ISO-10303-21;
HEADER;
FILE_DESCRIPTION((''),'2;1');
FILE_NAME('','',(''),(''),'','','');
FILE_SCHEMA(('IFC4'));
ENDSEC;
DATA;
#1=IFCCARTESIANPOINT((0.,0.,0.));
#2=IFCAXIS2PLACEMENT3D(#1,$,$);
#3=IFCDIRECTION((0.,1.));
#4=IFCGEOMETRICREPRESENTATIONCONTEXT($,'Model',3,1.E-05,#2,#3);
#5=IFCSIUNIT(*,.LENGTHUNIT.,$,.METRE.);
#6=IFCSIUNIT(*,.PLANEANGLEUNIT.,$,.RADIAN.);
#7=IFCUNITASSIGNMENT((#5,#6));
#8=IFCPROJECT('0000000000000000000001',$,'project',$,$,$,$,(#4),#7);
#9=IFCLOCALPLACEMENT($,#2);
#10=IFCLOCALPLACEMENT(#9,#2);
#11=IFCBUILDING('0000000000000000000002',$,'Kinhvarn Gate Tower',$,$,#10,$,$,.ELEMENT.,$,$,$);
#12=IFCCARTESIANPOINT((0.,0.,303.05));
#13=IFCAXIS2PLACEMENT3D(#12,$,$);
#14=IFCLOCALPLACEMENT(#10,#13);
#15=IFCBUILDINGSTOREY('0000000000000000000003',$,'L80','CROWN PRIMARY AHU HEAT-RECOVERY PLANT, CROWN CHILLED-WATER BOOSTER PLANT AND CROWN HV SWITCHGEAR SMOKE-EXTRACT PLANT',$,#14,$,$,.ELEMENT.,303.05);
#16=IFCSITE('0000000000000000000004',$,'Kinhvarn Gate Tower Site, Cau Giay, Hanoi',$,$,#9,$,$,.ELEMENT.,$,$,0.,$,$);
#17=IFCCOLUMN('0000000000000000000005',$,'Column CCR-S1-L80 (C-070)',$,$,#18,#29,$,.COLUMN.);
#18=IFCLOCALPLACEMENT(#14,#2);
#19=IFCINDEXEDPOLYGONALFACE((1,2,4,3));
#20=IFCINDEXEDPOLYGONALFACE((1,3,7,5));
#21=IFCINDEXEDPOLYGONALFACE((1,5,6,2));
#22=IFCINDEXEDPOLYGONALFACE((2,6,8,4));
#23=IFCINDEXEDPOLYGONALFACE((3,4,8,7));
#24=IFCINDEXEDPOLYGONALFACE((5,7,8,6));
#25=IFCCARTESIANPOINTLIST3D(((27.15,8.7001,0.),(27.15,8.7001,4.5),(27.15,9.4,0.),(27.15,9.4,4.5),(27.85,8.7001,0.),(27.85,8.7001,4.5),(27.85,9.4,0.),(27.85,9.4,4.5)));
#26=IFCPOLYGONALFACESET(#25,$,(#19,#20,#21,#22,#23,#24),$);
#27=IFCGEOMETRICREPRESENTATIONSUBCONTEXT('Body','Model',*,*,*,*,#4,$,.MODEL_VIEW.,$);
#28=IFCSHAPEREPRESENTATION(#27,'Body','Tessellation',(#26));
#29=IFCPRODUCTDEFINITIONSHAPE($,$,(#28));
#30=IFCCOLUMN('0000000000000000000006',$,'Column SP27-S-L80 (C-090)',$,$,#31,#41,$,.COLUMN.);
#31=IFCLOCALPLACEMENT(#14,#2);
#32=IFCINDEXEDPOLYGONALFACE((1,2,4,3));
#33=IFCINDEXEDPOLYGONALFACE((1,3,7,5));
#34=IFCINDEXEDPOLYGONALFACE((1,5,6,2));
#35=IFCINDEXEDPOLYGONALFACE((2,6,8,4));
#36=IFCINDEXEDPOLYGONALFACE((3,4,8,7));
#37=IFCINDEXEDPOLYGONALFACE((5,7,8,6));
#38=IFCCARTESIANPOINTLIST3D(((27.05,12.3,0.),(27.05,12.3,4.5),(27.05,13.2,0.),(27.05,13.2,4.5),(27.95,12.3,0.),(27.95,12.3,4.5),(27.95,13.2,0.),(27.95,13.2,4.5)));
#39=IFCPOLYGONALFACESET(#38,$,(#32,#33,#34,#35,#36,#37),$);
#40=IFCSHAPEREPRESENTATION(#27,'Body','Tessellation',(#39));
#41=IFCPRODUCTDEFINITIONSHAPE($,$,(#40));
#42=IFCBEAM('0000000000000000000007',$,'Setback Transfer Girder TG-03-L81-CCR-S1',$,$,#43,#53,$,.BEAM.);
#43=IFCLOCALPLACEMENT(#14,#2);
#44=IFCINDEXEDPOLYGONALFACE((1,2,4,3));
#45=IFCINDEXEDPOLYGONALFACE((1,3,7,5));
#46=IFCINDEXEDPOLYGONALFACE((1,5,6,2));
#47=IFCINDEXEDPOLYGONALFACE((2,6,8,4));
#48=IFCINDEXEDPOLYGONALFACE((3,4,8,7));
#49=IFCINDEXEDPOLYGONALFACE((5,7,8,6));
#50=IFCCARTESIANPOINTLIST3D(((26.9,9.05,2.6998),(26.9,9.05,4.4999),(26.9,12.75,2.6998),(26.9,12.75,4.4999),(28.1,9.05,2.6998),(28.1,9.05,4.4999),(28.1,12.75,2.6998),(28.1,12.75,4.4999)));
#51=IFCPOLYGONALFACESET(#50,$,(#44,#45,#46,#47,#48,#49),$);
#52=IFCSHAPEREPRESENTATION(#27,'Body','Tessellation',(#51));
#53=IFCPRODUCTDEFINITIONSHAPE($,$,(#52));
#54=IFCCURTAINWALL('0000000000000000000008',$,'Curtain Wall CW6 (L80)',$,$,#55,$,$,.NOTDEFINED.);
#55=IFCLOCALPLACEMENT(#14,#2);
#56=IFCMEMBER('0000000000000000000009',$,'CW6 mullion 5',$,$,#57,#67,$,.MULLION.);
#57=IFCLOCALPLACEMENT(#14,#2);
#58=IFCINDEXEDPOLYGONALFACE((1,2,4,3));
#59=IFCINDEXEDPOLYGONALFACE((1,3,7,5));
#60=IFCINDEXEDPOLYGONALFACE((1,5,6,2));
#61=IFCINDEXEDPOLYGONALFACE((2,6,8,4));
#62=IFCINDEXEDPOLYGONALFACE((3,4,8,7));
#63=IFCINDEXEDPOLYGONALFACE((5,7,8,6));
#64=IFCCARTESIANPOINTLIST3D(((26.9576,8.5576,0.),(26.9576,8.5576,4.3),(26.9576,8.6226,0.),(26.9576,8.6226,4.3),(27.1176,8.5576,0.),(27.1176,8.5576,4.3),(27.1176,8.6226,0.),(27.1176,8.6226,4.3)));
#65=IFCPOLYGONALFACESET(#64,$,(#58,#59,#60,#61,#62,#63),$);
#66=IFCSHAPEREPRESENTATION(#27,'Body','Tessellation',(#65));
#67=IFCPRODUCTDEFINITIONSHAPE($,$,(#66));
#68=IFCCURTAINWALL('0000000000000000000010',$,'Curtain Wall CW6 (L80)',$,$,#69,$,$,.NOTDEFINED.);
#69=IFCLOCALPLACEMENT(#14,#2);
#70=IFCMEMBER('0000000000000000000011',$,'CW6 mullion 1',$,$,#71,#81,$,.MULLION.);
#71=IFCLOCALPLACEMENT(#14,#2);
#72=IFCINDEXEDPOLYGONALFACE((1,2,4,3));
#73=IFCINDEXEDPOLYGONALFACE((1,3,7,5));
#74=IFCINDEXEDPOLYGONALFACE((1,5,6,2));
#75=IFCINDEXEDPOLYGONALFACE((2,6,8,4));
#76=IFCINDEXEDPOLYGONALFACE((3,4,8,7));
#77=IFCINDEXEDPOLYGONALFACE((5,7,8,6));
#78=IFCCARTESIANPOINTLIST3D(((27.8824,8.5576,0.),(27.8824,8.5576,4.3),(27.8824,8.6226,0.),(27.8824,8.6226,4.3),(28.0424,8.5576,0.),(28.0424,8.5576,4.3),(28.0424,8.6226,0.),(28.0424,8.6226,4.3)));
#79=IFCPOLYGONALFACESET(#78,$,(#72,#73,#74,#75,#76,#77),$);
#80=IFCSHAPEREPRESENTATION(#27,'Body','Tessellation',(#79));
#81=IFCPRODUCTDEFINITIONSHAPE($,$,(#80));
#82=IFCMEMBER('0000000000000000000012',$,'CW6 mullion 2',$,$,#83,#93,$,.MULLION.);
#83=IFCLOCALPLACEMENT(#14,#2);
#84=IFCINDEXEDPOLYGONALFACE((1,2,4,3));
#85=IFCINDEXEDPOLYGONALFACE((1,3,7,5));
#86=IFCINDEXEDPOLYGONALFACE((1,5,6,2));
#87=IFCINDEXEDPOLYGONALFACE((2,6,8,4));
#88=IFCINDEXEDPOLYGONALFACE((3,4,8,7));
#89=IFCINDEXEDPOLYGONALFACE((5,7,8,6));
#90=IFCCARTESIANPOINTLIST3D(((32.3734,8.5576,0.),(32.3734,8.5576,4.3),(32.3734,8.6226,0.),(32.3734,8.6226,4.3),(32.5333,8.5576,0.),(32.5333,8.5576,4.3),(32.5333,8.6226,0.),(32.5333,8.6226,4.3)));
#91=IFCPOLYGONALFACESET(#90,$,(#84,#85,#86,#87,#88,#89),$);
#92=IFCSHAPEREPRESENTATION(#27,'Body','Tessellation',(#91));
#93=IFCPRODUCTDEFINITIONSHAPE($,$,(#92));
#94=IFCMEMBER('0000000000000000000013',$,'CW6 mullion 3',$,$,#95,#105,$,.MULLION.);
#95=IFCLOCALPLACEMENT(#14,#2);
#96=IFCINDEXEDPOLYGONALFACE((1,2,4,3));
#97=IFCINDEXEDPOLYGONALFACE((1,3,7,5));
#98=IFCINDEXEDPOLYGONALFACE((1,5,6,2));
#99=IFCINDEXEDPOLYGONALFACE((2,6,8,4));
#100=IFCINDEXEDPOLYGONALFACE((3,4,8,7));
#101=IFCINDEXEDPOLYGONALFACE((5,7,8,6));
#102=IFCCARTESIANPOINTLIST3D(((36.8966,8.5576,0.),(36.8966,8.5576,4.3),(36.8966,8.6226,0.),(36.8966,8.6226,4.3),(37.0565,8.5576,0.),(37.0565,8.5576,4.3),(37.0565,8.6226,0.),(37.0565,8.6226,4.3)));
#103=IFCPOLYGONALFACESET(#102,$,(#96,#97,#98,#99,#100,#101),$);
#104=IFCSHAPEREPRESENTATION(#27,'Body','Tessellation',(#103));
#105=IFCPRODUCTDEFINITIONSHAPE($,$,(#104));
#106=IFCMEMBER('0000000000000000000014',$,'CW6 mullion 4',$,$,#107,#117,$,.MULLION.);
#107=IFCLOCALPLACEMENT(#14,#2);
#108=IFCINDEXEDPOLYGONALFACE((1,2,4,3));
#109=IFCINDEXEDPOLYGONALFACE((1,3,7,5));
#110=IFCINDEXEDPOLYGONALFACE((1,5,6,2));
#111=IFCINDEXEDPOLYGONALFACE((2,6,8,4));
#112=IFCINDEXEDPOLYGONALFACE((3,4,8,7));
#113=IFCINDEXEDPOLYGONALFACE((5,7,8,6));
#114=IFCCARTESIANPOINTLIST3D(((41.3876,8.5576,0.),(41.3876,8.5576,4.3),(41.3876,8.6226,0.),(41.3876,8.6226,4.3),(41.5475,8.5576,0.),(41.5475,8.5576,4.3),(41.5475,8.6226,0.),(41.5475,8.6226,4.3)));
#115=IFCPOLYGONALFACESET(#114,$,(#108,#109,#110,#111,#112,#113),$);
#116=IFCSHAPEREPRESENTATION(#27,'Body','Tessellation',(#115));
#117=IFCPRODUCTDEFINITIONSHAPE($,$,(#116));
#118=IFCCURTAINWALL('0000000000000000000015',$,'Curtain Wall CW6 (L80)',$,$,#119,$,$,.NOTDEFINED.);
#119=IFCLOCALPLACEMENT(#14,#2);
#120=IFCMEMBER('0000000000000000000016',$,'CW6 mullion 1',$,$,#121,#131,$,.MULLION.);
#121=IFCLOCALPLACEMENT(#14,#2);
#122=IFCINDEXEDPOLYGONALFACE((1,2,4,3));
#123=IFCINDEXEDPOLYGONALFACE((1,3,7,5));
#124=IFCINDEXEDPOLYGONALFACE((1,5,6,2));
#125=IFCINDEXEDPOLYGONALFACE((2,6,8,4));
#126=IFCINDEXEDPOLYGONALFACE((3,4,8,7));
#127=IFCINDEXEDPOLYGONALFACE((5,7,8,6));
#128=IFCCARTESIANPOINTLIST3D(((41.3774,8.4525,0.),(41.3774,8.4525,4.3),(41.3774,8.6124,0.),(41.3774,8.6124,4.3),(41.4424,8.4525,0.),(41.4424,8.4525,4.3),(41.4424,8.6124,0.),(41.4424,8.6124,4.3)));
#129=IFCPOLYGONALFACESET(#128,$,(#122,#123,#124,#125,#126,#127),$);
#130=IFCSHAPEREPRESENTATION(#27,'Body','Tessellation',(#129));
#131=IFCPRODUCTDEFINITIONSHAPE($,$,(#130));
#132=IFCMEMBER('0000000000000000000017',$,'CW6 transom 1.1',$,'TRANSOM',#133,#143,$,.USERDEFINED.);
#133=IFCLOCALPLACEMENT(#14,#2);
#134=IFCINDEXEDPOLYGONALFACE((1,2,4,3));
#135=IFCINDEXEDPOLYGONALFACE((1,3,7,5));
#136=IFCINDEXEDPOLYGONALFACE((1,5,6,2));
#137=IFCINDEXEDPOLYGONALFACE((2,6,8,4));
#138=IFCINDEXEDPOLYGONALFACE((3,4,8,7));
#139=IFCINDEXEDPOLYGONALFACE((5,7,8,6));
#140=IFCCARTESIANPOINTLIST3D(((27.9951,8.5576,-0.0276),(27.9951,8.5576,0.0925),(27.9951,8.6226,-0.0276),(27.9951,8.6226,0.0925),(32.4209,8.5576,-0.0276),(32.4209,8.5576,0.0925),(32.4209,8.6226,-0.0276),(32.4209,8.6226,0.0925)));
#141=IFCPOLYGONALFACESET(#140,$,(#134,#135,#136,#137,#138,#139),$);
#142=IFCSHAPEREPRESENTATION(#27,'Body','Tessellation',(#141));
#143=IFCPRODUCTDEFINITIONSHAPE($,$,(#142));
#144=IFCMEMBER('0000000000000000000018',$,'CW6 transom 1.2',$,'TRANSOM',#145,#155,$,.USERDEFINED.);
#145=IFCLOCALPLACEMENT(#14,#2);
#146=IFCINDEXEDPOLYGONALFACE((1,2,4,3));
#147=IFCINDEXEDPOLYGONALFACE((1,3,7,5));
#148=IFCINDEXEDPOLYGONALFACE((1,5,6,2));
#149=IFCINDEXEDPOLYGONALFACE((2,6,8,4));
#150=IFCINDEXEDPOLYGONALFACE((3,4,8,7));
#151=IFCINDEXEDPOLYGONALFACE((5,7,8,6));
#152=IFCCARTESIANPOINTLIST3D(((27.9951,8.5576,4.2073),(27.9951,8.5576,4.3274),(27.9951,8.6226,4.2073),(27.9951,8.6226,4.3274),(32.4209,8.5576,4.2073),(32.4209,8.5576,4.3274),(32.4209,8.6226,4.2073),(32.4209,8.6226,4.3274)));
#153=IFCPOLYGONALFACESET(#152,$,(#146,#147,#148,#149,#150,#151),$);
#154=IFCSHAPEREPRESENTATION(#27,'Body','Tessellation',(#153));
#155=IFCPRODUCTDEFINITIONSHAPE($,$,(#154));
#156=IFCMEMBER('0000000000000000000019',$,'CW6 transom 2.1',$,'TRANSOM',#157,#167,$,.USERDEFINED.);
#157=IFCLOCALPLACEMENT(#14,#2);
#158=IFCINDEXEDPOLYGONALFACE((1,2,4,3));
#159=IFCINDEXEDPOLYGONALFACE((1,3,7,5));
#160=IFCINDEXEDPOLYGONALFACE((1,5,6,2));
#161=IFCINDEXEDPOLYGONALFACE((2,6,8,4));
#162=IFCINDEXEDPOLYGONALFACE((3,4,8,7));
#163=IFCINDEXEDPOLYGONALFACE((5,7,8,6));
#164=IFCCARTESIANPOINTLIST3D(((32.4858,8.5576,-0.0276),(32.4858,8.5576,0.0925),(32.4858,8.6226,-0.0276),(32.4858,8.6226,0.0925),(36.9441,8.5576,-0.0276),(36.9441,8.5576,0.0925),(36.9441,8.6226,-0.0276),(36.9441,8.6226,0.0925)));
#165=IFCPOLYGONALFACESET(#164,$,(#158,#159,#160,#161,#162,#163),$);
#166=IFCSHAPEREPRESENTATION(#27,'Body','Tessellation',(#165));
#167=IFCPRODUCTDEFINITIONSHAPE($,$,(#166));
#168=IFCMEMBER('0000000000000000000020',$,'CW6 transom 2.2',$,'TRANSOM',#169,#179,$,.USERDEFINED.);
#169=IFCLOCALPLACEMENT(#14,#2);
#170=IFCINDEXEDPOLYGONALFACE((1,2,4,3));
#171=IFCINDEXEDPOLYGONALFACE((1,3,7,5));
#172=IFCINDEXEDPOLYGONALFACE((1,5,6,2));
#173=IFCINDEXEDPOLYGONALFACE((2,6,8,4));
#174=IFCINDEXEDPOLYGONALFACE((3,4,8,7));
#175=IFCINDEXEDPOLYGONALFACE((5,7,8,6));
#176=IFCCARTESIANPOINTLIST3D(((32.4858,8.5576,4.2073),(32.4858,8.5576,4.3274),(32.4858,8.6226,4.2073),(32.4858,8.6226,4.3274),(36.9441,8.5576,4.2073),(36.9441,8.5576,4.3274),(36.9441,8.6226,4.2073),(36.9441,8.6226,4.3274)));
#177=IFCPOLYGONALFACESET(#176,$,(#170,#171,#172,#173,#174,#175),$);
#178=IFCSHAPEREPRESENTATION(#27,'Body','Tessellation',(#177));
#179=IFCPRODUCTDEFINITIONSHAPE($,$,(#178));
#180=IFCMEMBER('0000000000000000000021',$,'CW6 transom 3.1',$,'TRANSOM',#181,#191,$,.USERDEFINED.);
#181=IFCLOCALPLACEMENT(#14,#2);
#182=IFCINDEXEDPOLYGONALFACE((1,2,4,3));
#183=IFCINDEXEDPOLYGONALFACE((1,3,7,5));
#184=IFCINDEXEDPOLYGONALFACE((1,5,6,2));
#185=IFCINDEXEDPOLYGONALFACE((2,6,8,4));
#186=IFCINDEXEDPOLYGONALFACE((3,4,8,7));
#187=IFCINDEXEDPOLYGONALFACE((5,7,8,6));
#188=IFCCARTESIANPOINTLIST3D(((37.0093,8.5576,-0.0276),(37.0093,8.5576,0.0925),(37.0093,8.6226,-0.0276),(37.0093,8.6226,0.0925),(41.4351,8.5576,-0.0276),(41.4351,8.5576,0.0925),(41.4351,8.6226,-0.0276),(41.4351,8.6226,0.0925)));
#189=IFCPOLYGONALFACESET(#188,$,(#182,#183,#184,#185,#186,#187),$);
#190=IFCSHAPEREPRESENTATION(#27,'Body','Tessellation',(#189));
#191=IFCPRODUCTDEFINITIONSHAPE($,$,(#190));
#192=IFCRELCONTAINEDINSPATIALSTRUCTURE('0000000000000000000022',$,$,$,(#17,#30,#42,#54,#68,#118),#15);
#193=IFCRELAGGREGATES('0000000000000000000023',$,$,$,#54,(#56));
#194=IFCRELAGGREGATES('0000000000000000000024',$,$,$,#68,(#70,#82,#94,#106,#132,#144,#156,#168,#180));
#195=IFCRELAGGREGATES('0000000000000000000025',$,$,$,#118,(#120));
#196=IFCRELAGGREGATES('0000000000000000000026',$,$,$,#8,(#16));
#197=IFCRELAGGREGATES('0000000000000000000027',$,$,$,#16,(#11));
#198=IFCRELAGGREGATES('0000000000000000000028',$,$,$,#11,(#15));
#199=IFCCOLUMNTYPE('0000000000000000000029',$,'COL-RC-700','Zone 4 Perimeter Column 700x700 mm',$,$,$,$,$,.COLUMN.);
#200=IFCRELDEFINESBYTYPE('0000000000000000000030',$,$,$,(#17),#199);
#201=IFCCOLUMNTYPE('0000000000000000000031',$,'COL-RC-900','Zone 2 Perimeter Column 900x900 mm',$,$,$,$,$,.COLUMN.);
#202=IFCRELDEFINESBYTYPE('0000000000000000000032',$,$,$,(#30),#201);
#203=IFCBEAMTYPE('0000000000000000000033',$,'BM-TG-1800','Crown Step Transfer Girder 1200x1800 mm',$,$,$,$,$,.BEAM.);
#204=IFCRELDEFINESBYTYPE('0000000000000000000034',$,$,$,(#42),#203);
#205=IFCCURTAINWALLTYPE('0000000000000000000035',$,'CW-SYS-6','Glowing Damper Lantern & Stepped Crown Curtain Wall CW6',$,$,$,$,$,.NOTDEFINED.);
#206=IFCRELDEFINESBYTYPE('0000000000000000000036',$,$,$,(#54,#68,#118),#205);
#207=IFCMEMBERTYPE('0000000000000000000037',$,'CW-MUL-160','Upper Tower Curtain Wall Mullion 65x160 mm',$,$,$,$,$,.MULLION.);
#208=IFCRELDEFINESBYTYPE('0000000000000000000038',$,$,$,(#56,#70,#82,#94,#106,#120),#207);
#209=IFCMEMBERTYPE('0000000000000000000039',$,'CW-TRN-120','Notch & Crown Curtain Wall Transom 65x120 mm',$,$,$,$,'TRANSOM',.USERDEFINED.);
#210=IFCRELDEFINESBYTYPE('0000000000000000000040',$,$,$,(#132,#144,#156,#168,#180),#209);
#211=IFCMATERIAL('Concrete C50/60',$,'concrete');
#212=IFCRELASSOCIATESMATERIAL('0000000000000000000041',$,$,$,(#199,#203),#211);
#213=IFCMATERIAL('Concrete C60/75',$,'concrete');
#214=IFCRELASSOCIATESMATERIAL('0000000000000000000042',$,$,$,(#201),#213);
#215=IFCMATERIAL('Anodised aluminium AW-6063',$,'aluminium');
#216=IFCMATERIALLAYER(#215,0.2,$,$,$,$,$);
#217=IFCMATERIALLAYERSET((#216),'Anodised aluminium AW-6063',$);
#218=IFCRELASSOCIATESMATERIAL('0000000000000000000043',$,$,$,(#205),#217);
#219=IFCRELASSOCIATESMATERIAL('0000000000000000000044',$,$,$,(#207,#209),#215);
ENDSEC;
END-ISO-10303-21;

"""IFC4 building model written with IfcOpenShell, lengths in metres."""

from ifc_helpers import new_model, si_unit, direction, frame, origin, origin_2d, place, context, subcontext, project, spatial, rectangle, extrude, material, layer, layer_set, material_profile, profile_set, type_object, element, aggregate, save


model = new_model("IFC4")

# Units and contexts
model_context = context("Model", 3, precision=1e-05, world=origin(), true_north=direction((0.0, 1.0)))
body_context = subcontext(model_context, "Body", "Model", "MODEL_VIEW")
ifc_project = project(units=[si_unit("LENGTHUNIT", "METRE"), si_unit("PLANEANGLEUNIT", "RADIAN")], contexts=[model_context])

# Site, building, storey
site_placement = place(None, origin())
site = spatial("IfcSite", under=ifc_project, at=site_placement, Name="Kinhvarn Gate Tower Site, Cau Giay, Hanoi", CompositionType="ELEMENT", RefElevation=0.0)
building_placement = place(site_placement, origin())
building = spatial("IfcBuilding", under=site, at=building_placement, Name="Kinhvarn Gate Tower", CompositionType="ELEMENT")
storey_placement = place(building_placement, frame((0.0, 0.0, 303.05)))
storey = spatial("IfcBuildingStorey", under=building, at=storey_placement, Name="L80", Description="CROWN PRIMARY AHU HEAT-RECOVERY PLANT, CROWN CHILLED-WATER BOOSTER PLANT AND CROWN HV SWITCHGEAR SMOKE-EXTRACT PLANT", CompositionType="ELEMENT", Elevation=303.05)

# Columns
ifc_material_1 = material(Name="Concrete C50/60", Category="concrete")
ifc_material_profile_1 = material_profile(ifc_material_1, rectangle(XDim=0.7, YDim=0.7, at=origin_2d()), Name="RC 700x700")
ifc_profile_set_1 = profile_set([ifc_material_profile_1], Name="Concrete C50/60")
column_type_1 = type_object("IfcColumnType", Name="COL-RC-700", Description="Zone 4 Perimeter Column 700x700 mm", PredefinedType="COLUMN", material=ifc_profile_set_1)
column_1_placement = place(storey_placement, frame((27.5, 9.05, 0.0), z_axis=(0.0, 0.0, 1.0), x_axis=(1.0, 0.0, 0.0)))
element("IfcColumn", 1, at=column_1_placement, inside=storey, type_object=column_type_1, Name="Column CCR-S1-L80 (C-070)", PredefinedType="COLUMN", context=body_context, shape_type="SweptSolid", body=[
    extrude(rectangle(XDim=0.7, YDim=0.7, at=origin_2d()), origin(), (0.0, 0.0, 1.0), 4.5),
])
ifc_material_2 = material(Name="Concrete C60/75", Category="concrete")
ifc_material_profile_2 = material_profile(ifc_material_2, rectangle(XDim=0.8999, YDim=0.8999, at=origin_2d()), Name="RC 900x900")
ifc_profile_set_2 = profile_set([ifc_material_profile_2], Name="Concrete C60/75")
column_type_2 = type_object("IfcColumnType", Name="COL-RC-900", Description="Zone 2 Perimeter Column 900x900 mm", PredefinedType="COLUMN", material=ifc_profile_set_2)
column_2_placement = place(storey_placement, frame((27.5, 12.75, 0.0), z_axis=(0.0, 0.0, 1.0), x_axis=(1.0, 0.0, 0.0)))
element("IfcColumn", 2, at=column_2_placement, inside=storey, type_object=column_type_2, Name="Column SP27-S-L80 (C-090)", PredefinedType="COLUMN", context=body_context, shape_type="SweptSolid", body=[
    extrude(rectangle(XDim=0.8999, YDim=0.8999, at=origin_2d()), origin(), (0.0, 0.0, 1.0), 4.5),
])

# Beam
ifc_material_profile_3 = material_profile(ifc_material_1, rectangle(XDim=1.2, YDim=1.8, at=origin_2d()), Name="RC 1200x1800")
ifc_profile_set_3 = profile_set([ifc_material_profile_3], Name="Concrete C50/60")
beam_type = type_object("IfcBeamType", Name="BM-TG-1800", Description="Crown Step Transfer Girder 1200x1800 mm", PredefinedType="BEAM", material=ifc_profile_set_3)
beam_placement = place(storey_placement, frame((27.5, 9.05, 3.5999), z_axis=(0.0, 1.0, 0.0), x_axis=(-1.0, 0.0, 0.0)))
element("IfcBeam", 3, at=beam_placement, inside=storey, type_object=beam_type, Name="Setback Transfer Girder TG-03-L81-CCR-S1", PredefinedType="BEAM", context=body_context, shape_type="SweptSolid", body=[
    extrude(rectangle(XDim=1.2, YDim=1.8, at=origin_2d()), origin(), (0.0, 0.0, 1.0), 3.7),
])

# Curtain wall, member
ifc_material_3 = material(Name="Anodised aluminium AW-6063", Category="aluminium")
ifc_layer_1 = layer(ifc_material_3, 0.2)
ifc_layer_set_1 = layer_set([ifc_layer_1], Name="Anodised aluminium AW-6063")
curtain_wall_type = type_object("IfcCurtainWallType", Name="CW-SYS-6", Description="Glowing Damper Lantern & Stepped Crown Curtain Wall CW6", PredefinedType="NOTDEFINED", material=ifc_layer_set_1)
curtain_wall_1_placement = place(storey_placement, origin())
curtain_wall_1 = element("IfcCurtainWall", 4, at=curtain_wall_1_placement, inside=storey, type_object=curtain_wall_type, Name="Curtain Wall CW6 (L80)", PredefinedType="NOTDEFINED")
ifc_material_profile_4 = material_profile(ifc_material_3, rectangle(XDim=0.0649, YDim=0.1599, at=origin_2d()), Name="ALU 65x160")
ifc_profile_set_4 = profile_set([ifc_material_profile_4], Name="Anodised aluminium AW-6063")
member_type_1 = type_object("IfcMemberType", Name="CW-MUL-160", Description="Upper Tower Curtain Wall Mullion 65x160 mm", PredefinedType="MULLION", material=ifc_profile_set_4)
member_1_placement = place(storey_placement, frame((27.0376, 8.5901, 0.0), z_axis=(0.0, 0.0, 1.0), x_axis=(0.0, 1.0, 0.0)))
member_1 = element("IfcMember", 5, at=member_1_placement, type_object=member_type_1, Name="CW6 mullion 5", PredefinedType="MULLION", context=body_context, shape_type="SweptSolid", body=[
    extrude(rectangle(XDim=0.0649, YDim=0.1599, at=origin_2d()), origin(), (0.0, 0.0, 1.0), 4.3),
])
aggregate(curtain_wall_1, [member_1])

# Curtain wall, members
curtain_wall_2_placement = place(storey_placement, origin())
curtain_wall_2 = element("IfcCurtainWall", 6, at=curtain_wall_2_placement, inside=storey, type_object=curtain_wall_type, Name="Curtain Wall CW6 (L80)", PredefinedType="NOTDEFINED")
member_2_placement = place(storey_placement, frame((27.9624, 8.5901, 0.0), z_axis=(0.0, 0.0, 1.0), x_axis=(0.0, 1.0, 0.0)))
member_2 = element("IfcMember", 7, at=member_2_placement, type_object=member_type_1, Name="CW6 mullion 1", PredefinedType="MULLION", context=body_context, shape_type="SweptSolid", body=[
    extrude(rectangle(XDim=0.0649, YDim=0.1599, at=origin_2d()), origin(), (0.0, 0.0, 1.0), 4.3),
])
member_3_placement = place(storey_placement, frame((32.4534, 8.5901, 0.0), z_axis=(0.0, 0.0, 1.0), x_axis=(0.0, 1.0, 0.0)))
member_3 = element("IfcMember", 8, at=member_3_placement, type_object=member_type_1, Name="CW6 mullion 2", PredefinedType="MULLION", context=body_context, shape_type="SweptSolid", body=[
    extrude(rectangle(XDim=0.0649, YDim=0.1599, at=origin_2d()), origin(), (0.0, 0.0, 1.0), 4.3),
])
member_4_placement = place(storey_placement, frame((36.9766, 8.5901, 0.0), z_axis=(0.0, 0.0, 1.0), x_axis=(0.0, 1.0, 0.0)))
member_4 = element("IfcMember", 9, at=member_4_placement, type_object=member_type_1, Name="CW6 mullion 3", PredefinedType="MULLION", context=body_context, shape_type="SweptSolid", body=[
    extrude(rectangle(XDim=0.0649, YDim=0.1599, at=origin_2d()), origin(), (0.0, 0.0, 1.0), 4.3),
])
member_5_placement = place(storey_placement, frame((41.4675, 8.5901, 0.0), z_axis=(0.0, 0.0, 1.0), x_axis=(0.0, 1.0, 0.0)))
member_5 = element("IfcMember", 10, at=member_5_placement, type_object=member_type_1, Name="CW6 mullion 4", PredefinedType="MULLION", context=body_context, shape_type="SweptSolid", body=[
    extrude(rectangle(XDim=0.0649, YDim=0.1599, at=origin_2d()), origin(), (0.0, 0.0, 1.0), 4.3),
])

# Curtain wall, member
curtain_wall_3_placement = place(storey_placement, origin())
curtain_wall_3 = element("IfcCurtainWall", 11, at=curtain_wall_3_placement, inside=storey, type_object=curtain_wall_type, Name="Curtain Wall CW6 (L80)", PredefinedType="NOTDEFINED")
member_6_placement = place(storey_placement, frame((41.4099, 8.5325, 0.0), z_axis=(0.0, 0.0, 1.0), x_axis=(-1.0, 0.0, 0.0)))
member_6 = element("IfcMember", 12, at=member_6_placement, type_object=member_type_1, Name="CW6 mullion 1", PredefinedType="MULLION", context=body_context, shape_type="SweptSolid", body=[
    extrude(rectangle(XDim=0.0649, YDim=0.1599, at=origin_2d()), origin(), (0.0, 0.0, 1.0), 4.3),
])

# Members
ifc_material_profile_5 = material_profile(ifc_material_3, rectangle(XDim=0.0649, YDim=0.1201, at=origin_2d()), Name="ALU 65x120")
ifc_profile_set_5 = profile_set([ifc_material_profile_5], Name="Anodised aluminium AW-6063")
member_type_2 = type_object("IfcMemberType", Name="CW-TRN-120", Description="Notch & Crown Curtain Wall Transom 65x120 mm", ElementType="TRANSOM", PredefinedType="USERDEFINED", material=ifc_profile_set_5)
member_7_placement = place(storey_placement, frame((27.9951, 8.5901, 0.0325), z_axis=(1.0, 0.0, 0.0), x_axis=(0.0, 1.0, 0.0)))
member_7 = element("IfcMember", 13, at=member_7_placement, type_object=member_type_2, Name="CW6 transom 1.1", ObjectType="TRANSOM", PredefinedType="USERDEFINED", context=body_context, shape_type="SweptSolid", body=[
    extrude(rectangle(XDim=0.0649, YDim=0.1201, at=origin_2d()), origin(), (0.0, 0.0, 1.0), 4.4258),
])
member_8_placement = place(storey_placement, frame((27.9951, 8.5901, 4.2673), z_axis=(1.0, 0.0, 0.0), x_axis=(0.0, 1.0, 0.0)))
member_8 = element("IfcMember", 14, at=member_8_placement, type_object=member_type_2, Name="CW6 transom 1.2", ObjectType="TRANSOM", PredefinedType="USERDEFINED", context=body_context, shape_type="SweptSolid", body=[
    extrude(rectangle(XDim=0.0649, YDim=0.1201, at=origin_2d()), origin(), (0.0, 0.0, 1.0), 4.4258),
])
member_9_placement = place(storey_placement, frame((32.4858, 8.5901, 0.0325), z_axis=(1.0, 0.0, 0.0), x_axis=(0.0, 1.0, 0.0)))
member_9 = element("IfcMember", 15, at=member_9_placement, type_object=member_type_2, Name="CW6 transom 2.1", ObjectType="TRANSOM", PredefinedType="USERDEFINED", context=body_context, shape_type="SweptSolid", body=[
    extrude(rectangle(XDim=0.0649, YDim=0.1201, at=origin_2d()), origin(), (0.0, 0.0, 1.0), 4.4583),
])
member_10_placement = place(storey_placement, frame((32.4858, 8.5901, 4.2673), z_axis=(1.0, 0.0, 0.0), x_axis=(0.0, 1.0, 0.0)))
member_10 = element("IfcMember", 16, at=member_10_placement, type_object=member_type_2, Name="CW6 transom 2.2", ObjectType="TRANSOM", PredefinedType="USERDEFINED", context=body_context, shape_type="SweptSolid", body=[
    extrude(rectangle(XDim=0.0649, YDim=0.1201, at=origin_2d()), origin(), (0.0, 0.0, 1.0), 4.4583),
])
member_11_placement = place(storey_placement, frame((37.0093, 8.5901, 0.0325), z_axis=(1.0, 0.0, 0.0), x_axis=(0.0, 1.0, 0.0)))
member_11 = element("IfcMember", 17, at=member_11_placement, type_object=member_type_2, Name="CW6 transom 3.1", ObjectType="TRANSOM", PredefinedType="USERDEFINED", context=body_context, shape_type="SweptSolid", body=[
    extrude(rectangle(XDim=0.0649, YDim=0.1201, at=origin_2d()), origin(), (0.0, 0.0, 1.0), 4.4258),
])

aggregate(curtain_wall_2, [member_2, member_3, member_4, member_5, member_7, member_8, member_9, member_10, member_11])
aggregate(curtain_wall_3, [member_6])

save(model, "model.ifc")
